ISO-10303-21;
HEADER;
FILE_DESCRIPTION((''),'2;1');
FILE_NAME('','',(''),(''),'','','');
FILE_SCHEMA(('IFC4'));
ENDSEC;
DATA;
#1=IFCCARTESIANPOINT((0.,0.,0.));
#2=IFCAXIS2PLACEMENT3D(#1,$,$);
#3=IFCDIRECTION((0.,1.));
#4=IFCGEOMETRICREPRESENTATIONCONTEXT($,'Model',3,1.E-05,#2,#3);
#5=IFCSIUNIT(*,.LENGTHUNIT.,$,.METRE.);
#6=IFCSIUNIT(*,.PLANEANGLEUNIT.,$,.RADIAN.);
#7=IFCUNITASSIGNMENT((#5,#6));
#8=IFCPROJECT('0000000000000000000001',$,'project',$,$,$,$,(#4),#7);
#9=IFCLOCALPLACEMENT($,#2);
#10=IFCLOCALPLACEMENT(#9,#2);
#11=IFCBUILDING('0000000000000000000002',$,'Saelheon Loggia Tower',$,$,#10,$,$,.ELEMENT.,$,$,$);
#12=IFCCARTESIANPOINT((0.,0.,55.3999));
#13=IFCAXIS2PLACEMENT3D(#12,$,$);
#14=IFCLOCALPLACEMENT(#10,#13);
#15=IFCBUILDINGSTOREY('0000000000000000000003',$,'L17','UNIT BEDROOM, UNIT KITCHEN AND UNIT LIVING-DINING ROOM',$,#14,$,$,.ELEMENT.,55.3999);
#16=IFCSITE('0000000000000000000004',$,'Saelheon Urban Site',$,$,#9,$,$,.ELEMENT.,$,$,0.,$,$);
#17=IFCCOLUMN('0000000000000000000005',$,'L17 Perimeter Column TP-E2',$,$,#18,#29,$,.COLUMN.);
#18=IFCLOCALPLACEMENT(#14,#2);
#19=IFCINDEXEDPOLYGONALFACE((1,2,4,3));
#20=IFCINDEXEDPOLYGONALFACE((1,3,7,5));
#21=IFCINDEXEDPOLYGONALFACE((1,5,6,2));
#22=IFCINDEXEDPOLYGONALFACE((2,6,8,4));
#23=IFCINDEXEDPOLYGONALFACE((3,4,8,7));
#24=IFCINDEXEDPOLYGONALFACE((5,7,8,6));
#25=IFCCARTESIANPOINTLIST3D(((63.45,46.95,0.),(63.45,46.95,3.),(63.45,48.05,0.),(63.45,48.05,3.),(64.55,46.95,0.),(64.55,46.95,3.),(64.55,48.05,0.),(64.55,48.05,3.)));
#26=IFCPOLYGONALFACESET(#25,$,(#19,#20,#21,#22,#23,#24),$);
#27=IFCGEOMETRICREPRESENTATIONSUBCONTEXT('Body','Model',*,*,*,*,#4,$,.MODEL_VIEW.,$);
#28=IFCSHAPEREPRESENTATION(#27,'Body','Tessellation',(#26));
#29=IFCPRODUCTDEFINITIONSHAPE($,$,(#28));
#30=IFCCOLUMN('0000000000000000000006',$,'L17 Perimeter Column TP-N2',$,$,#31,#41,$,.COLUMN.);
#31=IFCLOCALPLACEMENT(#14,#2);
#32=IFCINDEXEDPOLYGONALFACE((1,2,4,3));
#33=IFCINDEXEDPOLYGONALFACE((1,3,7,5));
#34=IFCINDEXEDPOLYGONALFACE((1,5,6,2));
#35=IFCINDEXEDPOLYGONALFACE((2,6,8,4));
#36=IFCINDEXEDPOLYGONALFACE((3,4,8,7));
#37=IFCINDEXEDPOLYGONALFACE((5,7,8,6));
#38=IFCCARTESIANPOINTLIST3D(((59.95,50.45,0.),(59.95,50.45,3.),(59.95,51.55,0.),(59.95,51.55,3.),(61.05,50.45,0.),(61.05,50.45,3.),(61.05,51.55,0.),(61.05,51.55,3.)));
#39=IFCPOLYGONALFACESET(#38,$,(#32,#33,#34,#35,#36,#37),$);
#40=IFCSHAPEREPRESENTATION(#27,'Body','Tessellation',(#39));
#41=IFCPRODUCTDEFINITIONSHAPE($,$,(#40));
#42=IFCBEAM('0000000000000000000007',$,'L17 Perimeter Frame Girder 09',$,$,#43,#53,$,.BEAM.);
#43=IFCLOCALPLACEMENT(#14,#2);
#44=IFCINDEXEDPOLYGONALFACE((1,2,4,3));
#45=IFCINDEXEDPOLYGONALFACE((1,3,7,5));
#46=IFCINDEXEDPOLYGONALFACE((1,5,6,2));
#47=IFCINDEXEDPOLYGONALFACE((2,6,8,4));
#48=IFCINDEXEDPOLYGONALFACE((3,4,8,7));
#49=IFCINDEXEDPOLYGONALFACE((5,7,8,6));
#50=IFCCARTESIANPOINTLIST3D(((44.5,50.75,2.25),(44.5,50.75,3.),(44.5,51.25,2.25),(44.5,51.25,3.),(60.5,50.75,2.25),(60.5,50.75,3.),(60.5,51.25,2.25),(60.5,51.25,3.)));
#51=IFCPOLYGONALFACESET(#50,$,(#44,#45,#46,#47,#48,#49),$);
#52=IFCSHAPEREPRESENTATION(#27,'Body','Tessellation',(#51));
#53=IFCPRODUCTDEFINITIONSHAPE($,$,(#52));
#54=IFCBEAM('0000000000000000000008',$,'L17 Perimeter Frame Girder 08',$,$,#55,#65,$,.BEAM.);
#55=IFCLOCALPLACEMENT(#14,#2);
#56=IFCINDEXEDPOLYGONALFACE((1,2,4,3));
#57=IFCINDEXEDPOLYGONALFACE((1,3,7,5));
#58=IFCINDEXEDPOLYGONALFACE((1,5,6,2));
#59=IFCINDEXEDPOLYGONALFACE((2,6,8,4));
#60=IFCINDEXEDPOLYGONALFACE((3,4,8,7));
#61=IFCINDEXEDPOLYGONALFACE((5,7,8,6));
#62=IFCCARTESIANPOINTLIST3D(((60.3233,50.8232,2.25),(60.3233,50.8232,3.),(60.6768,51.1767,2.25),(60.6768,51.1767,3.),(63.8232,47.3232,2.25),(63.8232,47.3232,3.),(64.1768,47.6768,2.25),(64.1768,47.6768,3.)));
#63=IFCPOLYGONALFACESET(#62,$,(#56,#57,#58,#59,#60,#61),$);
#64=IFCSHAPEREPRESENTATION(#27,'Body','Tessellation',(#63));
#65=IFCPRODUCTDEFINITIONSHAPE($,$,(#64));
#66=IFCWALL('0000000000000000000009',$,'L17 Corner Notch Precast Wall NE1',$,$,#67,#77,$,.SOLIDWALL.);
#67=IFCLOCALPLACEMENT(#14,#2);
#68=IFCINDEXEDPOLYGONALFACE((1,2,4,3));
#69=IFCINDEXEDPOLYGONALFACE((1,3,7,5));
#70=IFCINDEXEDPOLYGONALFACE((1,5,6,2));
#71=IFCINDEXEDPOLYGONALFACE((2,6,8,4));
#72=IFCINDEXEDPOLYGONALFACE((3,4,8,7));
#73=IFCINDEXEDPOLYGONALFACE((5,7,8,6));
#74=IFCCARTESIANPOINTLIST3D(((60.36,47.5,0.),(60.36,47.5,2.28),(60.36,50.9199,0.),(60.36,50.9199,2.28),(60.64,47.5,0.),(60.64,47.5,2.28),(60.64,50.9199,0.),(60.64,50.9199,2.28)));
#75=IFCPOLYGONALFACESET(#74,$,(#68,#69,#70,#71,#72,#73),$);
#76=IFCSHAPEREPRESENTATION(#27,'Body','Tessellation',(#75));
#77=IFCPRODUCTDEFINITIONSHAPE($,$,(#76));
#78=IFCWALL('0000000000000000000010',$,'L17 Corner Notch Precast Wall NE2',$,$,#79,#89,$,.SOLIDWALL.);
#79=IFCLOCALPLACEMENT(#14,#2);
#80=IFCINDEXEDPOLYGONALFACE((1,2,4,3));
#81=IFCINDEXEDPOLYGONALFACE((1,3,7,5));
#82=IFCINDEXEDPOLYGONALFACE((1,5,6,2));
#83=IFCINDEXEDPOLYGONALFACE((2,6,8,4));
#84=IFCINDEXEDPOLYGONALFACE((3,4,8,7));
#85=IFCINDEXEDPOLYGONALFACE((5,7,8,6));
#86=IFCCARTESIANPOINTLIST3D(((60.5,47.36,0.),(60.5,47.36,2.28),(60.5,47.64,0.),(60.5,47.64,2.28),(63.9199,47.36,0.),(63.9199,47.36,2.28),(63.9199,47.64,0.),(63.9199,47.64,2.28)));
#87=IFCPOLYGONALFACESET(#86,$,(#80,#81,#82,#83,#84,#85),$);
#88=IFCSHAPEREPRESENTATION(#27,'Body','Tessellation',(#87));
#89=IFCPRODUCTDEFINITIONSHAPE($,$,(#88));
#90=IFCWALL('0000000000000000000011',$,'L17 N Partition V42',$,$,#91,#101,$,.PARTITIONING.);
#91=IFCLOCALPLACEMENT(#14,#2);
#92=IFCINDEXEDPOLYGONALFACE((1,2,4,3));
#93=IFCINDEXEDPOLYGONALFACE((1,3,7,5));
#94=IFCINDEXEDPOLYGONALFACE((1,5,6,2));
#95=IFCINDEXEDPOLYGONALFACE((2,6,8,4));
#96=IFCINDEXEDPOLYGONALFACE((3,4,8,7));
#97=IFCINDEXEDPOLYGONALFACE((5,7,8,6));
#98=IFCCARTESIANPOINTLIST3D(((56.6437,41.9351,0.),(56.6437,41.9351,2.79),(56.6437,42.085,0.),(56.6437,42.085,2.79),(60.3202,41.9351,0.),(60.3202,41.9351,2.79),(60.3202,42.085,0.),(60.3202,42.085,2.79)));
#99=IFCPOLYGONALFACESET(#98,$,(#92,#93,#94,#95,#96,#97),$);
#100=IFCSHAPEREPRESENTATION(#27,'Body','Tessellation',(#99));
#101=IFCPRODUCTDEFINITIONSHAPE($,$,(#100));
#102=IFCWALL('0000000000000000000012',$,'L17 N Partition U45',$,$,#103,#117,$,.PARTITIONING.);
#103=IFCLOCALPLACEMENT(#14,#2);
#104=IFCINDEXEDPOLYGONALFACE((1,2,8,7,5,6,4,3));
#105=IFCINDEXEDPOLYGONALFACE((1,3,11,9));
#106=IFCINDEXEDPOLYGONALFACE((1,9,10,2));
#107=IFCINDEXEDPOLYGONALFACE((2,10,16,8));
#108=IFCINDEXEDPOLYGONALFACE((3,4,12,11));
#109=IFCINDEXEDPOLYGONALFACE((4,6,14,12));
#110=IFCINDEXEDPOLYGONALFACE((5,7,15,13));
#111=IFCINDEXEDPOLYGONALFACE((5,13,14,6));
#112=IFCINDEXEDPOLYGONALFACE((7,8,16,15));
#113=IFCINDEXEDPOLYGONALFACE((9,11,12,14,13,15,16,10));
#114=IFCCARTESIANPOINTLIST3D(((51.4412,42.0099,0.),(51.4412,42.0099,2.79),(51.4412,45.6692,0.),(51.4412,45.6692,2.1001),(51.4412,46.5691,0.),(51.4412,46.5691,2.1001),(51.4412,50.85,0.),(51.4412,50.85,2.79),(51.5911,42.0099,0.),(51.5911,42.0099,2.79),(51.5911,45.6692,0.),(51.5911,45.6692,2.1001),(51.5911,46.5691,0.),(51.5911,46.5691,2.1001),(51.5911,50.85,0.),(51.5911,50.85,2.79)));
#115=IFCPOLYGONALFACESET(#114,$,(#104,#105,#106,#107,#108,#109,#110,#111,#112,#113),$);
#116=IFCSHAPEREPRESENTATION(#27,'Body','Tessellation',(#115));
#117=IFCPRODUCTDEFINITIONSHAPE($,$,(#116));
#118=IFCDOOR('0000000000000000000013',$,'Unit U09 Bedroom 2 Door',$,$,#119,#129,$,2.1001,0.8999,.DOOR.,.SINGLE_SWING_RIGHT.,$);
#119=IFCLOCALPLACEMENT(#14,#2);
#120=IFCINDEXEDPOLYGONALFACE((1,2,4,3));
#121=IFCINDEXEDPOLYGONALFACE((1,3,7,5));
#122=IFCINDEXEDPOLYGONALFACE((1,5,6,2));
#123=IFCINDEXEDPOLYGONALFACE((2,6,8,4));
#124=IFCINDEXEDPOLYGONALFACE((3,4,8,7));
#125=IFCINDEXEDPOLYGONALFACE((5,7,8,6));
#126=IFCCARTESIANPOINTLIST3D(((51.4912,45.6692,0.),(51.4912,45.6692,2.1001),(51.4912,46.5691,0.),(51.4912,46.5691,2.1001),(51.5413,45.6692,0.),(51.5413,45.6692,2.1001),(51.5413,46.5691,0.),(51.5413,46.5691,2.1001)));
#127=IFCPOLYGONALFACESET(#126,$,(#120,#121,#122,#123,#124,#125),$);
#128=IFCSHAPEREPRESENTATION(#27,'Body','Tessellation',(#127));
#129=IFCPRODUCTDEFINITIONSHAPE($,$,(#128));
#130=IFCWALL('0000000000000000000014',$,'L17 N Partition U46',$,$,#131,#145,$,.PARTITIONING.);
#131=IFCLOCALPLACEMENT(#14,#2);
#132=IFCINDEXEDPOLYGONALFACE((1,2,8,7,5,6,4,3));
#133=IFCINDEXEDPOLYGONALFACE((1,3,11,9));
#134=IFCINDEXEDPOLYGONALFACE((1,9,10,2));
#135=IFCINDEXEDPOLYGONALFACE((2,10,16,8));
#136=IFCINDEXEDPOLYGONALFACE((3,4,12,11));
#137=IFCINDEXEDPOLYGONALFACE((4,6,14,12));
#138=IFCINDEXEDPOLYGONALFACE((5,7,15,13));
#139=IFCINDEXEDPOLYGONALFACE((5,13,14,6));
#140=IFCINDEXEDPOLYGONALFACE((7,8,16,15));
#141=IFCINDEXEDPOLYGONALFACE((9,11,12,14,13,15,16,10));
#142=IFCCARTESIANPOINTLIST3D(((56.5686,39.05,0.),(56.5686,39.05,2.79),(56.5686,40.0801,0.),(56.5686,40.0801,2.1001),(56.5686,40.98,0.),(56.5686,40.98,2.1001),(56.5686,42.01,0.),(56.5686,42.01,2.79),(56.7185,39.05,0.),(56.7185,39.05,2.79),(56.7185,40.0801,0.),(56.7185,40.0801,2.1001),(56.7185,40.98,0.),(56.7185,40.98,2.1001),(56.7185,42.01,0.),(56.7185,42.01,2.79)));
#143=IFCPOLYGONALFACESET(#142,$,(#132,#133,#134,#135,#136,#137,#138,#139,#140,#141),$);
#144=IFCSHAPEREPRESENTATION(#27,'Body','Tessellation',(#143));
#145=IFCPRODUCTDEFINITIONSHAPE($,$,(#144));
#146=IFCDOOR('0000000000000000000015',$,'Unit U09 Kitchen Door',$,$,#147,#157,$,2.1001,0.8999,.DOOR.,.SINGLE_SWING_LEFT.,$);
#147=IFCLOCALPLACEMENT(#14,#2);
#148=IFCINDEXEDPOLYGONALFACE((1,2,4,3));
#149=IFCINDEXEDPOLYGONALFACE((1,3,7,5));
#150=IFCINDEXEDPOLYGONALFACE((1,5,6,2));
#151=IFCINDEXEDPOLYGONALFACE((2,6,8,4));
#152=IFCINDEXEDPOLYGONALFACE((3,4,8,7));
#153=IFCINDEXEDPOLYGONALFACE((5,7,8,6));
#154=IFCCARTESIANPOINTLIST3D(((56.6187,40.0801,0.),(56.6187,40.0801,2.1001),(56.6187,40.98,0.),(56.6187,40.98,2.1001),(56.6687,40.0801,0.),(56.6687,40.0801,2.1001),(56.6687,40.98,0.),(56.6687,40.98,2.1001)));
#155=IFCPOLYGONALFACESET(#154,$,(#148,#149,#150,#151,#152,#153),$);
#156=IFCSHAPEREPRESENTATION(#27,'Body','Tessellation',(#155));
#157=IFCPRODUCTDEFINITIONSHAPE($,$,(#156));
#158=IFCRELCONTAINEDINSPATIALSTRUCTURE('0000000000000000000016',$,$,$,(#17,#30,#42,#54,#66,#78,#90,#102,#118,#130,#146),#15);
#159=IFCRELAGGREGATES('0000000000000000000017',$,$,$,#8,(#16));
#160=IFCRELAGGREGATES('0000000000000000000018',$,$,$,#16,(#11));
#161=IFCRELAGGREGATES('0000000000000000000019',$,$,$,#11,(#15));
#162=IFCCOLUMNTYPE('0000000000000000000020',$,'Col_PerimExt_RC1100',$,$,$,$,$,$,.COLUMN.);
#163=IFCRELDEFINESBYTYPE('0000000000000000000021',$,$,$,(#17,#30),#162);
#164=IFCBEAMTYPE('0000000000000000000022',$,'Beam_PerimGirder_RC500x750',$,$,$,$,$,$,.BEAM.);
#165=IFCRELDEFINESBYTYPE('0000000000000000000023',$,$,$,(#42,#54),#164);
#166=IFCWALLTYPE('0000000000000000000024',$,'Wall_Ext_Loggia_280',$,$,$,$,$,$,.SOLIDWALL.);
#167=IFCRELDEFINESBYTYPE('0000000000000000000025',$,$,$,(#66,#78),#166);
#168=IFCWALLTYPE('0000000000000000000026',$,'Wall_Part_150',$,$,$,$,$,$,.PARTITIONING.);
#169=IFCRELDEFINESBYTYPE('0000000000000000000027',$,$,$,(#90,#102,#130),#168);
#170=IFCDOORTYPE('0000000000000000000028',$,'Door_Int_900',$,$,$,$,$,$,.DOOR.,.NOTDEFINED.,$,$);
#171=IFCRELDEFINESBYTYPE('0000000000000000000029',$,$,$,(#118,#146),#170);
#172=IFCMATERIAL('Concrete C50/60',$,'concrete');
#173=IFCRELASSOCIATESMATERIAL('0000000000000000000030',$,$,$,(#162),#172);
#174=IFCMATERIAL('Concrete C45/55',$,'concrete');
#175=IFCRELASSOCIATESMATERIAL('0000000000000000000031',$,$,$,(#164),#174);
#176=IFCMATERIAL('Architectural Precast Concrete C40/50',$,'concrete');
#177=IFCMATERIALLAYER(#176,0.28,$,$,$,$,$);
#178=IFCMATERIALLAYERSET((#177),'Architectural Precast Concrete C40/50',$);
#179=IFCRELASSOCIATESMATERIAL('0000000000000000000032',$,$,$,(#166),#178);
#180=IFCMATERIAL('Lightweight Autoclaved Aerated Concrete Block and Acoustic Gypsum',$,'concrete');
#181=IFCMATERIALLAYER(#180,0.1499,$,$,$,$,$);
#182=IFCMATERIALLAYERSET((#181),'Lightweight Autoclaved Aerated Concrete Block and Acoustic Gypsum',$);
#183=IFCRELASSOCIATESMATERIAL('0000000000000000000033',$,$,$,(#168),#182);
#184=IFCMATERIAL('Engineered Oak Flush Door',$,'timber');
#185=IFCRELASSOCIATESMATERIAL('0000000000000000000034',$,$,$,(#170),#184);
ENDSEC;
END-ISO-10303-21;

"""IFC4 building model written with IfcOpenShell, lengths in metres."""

from ifc_helpers import new_model, si_unit, direction, frame, frame_2d, origin, origin_2d, place, context, subcontext, project, spatial, rectangle, extrude, source, transform, mapped, material, layer, layer_set, material_profile, profile_set, type_object, element, fill, save


model = new_model("IFC4")

# Units and contexts
model_context = context("Model", 3, precision=1e-05, world=origin(), true_north=direction((0.0, 1.0)))
body_context = subcontext(model_context, "Body", "Model", "MODEL_VIEW")
ifc_project = project(units=[si_unit("LENGTHUNIT", "METRE"), si_unit("PLANEANGLEUNIT", "RADIAN")], contexts=[model_context])

# Site, building, storey
site_placement = place(None, origin())
site = spatial("IfcSite", under=ifc_project, at=site_placement, Name="Saelheon Urban Site", CompositionType="ELEMENT", RefElevation=0.0)
building_placement = place(site_placement, origin())
building = spatial("IfcBuilding", under=site, at=building_placement, Name="Saelheon Loggia Tower", CompositionType="ELEMENT")
storey_placement = place(building_placement, frame((0.0, 0.0, 55.3999)))
storey = spatial("IfcBuildingStorey", under=building, at=storey_placement, Name="L17", Description="UNIT BEDROOM, UNIT KITCHEN AND UNIT LIVING-DINING ROOM", CompositionType="ELEMENT", Elevation=55.3999)

# Columns
ifc_material_1 = material(Name="Concrete C50/60", Category="concrete")
ifc_material_profile_1 = material_profile(ifc_material_1, rectangle(XDim=1.1001, YDim=1.1001, at=origin_2d()), Name="RC-1100x1100")
ifc_profile_set_1 = profile_set([ifc_material_profile_1], Name="Concrete C50/60")
column_type = type_object("IfcColumnType", Name="Col_PerimExt_RC1100", PredefinedType="COLUMN", material=ifc_profile_set_1)
shared_shape_1 = source(origin(), body_context, "Body", "SweptSolid", [
    extrude(rectangle(XDim=1.1001, YDim=1.1001, at=origin_2d()), origin(), (0.0, 0.0, 1.0), 3.0),
])
for number, where, z_axis, x_axis, name in (
    (1, (64.0, 47.5, 0.0), (0.0, 0.0, 1.0), (1.0, 0.0, 0.0), "L17 Perimeter Column TP-E2"),
    (2, (60.5, 51.0, 0.0), (0.0, 0.0, 1.0), (1.0, 0.0, 0.0), "L17 Perimeter Column TP-N2"),
):
    element("IfcColumn", number, at=place(storey_placement, frame(where, z_axis=z_axis, x_axis=x_axis)), inside=storey, type_object=column_type, Name=name, PredefinedType="COLUMN", context=body_context, shape_type="MappedRepresentation", body=[
        mapped(shared_shape_1, transform((0.0, 0.0, 0.0), scale=1.0)),
    ])

# Beams
ifc_material_2 = material(Name="Concrete C45/55", Category="concrete")
ifc_material_profile_2 = material_profile(ifc_material_2, rectangle(XDim=0.5, YDim=0.75, at=origin_2d()), Name="RC-500x750")
ifc_profile_set_2 = profile_set([ifc_material_profile_2], Name="Concrete C45/55")
beam_type = type_object("IfcBeamType", Name="Beam_PerimGirder_RC500x750", PredefinedType="BEAM", material=ifc_profile_set_2)
shared_shape_2 = source(origin(), body_context, "Body", "SweptSolid", [
    extrude(rectangle(XDim=0.5, YDim=0.75, at=origin_2d()), origin(), (0.0, 0.0, 1.0), 16.0),
])
beam_1_placement = place(storey_placement, frame((60.5, 51.0, 2.625), z_axis=(-1.0, 0.0, 0.0), x_axis=(0.0, -1.0, 0.0)))
element("IfcBeam", 3, at=beam_1_placement, inside=storey, type_object=beam_type, Name="L17 Perimeter Frame Girder 09", PredefinedType="BEAM", context=body_context, shape_type="MappedRepresentation", body=[
    mapped(shared_shape_2, transform((0.0, 0.0, 0.0), scale=1.0)),
])
shared_shape_3 = source(origin(), body_context, "Body", "SweptSolid", [
    extrude(rectangle(XDim=0.5, YDim=0.75, at=origin_2d()), origin(), (0.0, 0.0, 1.0), 4.9497),
])
beam_2_placement = place(storey_placement, frame((64.0, 47.5, 2.625), z_axis=(-0.707107, 0.707107, 0.0), x_axis=(-0.707107, -0.707107, 0.0)))
element("IfcBeam", 4, at=beam_2_placement, inside=storey, type_object=beam_type, Name="L17 Perimeter Frame Girder 08", PredefinedType="BEAM", context=body_context, shape_type="MappedRepresentation", body=[
    mapped(shared_shape_3, transform((0.0, 0.0, 0.0), scale=1.0)),
])

# Walls
ifc_material_3 = material(Name="Architectural Precast Concrete C40/50", Category="concrete")
ifc_layer_1 = layer(ifc_material_3, 0.28)
ifc_layer_set_1 = layer_set([ifc_layer_1], Name="Architectural Precast Concrete C40/50")
wall_type_1 = type_object("IfcWallType", Name="Wall_Ext_Loggia_280", PredefinedType="SOLIDWALL", material=ifc_layer_set_1)
for number, where, z_axis, x_axis, name in (
    (5, (60.5, 47.5, 0.0), (0.0, 0.0, 1.0), (0.0, 1.0, 0.0), "L17 Corner Notch Precast Wall NE1"),
    (6, (60.5, 47.5, 0.0), (0.0, 0.0, 1.0), (1.0, 0.0, 0.0), "L17 Corner Notch Precast Wall NE2"),
):
    element("IfcWall", number, at=place(storey_placement, frame(where, z_axis=z_axis, x_axis=x_axis)), inside=storey, type_object=wall_type_1, Name=name, PredefinedType="SOLIDWALL", context=body_context, shape_type="SweptSolid", body=[
        extrude(rectangle(XDim=3.4199, YDim=0.28, at=frame_2d((1.71, 0.0))), origin(), (0.0, 0.0, 1.0), 2.28),
    ])
ifc_material_4 = material(Name="Lightweight Autoclaved Aerated Concrete Block and Acoustic Gypsum", Category="concrete")
ifc_layer_2 = layer(ifc_material_4, 0.1499)
ifc_layer_set_2 = layer_set([ifc_layer_2], Name="Lightweight Autoclaved Aerated Concrete Block and Acoustic Gypsum")
wall_type_2 = type_object("IfcWallType", Name="Wall_Part_150", PredefinedType="PARTITIONING", material=ifc_layer_set_2)
wall_1_placement = place(storey_placement, frame((56.6436, 42.01, 0.0), z_axis=(0.0, 0.0, 1.0), x_axis=(1.0, 0.0, 0.0)))
element("IfcWall", 7, at=wall_1_placement, inside=storey, type_object=wall_type_2, Name="L17 N Partition V42", PredefinedType="PARTITIONING", context=body_context, shape_type="SweptSolid", body=[
    extrude(rectangle(XDim=3.6765, YDim=0.1499, at=frame_2d((1.8384, 0.0))), origin(), (0.0, 0.0, 1.0), 2.79),
])

# Walls, openings, doors
wall_2_placement = place(storey_placement, frame((51.5161, 42.01, 0.0), z_axis=(0.0, 0.0, 1.0), x_axis=(0.0, 1.0, 0.0)))
wall_2 = element("IfcWall", 8, at=wall_2_placement, inside=storey, type_object=wall_type_2, Name="L17 N Partition U45", PredefinedType="PARTITIONING", context=body_context, shape_type="SweptSolid", body=[
    extrude(rectangle(XDim=8.8401, YDim=0.1499, at=frame_2d((4.4199, 0.0))), origin(), (0.0, 0.0, 1.0), 2.79),
])
opening_1_placement = place(wall_2_placement, frame((3.6592, 0.0, 0.0)))
opening_1 = element("IfcOpeningElement", 9, at=opening_1_placement, cuts=wall_2, PredefinedType="OPENING", context=body_context, shape_type="SweptSolid", body=[
    extrude(rectangle(XDim=0.8999, YDim=2.1001, at=frame_2d((0.45, 1.05))), frame((0.0, 0.0869, 0.0), z_axis=(0.0, -1.0, 0.0), x_axis=(1.0, 0.0, 0.0)), (0.0, 0.0, 1.0), 0.1738),
])
ifc_material_5 = material(Name="Engineered Oak Flush Door", Category="timber")
door_type_1 = type_object("IfcDoorType", Name="Door_Int_900", OperationType="NOTDEFINED", PredefinedType="DOOR", material=ifc_material_5)
shared_shape_4 = source(origin(), body_context, "Body", "SweptSolid", [
    extrude(rectangle(XDim=0.8999, YDim=2.1001, at=frame_2d((0.45, 1.05))), frame((0.0, 0.0249, 0.0), z_axis=(0.0, -1.0, 0.0), x_axis=(1.0, 0.0, 0.0)), (0.0, 0.0, 1.0), 0.05),
])
door_1_placement = place(opening_1_placement, origin())
door_1 = element("IfcDoor", 10, at=door_1_placement, inside=storey, type_object=door_type_1, Name="Unit U09 Bedroom 2 Door", OperationType="SINGLE_SWING_RIGHT", OverallHeight=2.1001, OverallWidth=0.8999, PredefinedType="DOOR", context=body_context, shape_type="MappedRepresentation", body=[
    mapped(shared_shape_4, transform((0.0, 0.0, 0.0), scale=1.0)),
])
fill(opening_1, door_1)
wall_3_placement = place(storey_placement, frame((56.6436, 39.05, 0.0), z_axis=(0.0, 0.0, 1.0), x_axis=(0.0, 1.0, 0.0)))
wall_3 = element("IfcWall", 11, at=wall_3_placement, inside=storey, type_object=wall_type_2, Name="L17 N Partition U46", PredefinedType="PARTITIONING", context=body_context, shape_type="SweptSolid", body=[
    extrude(rectangle(XDim=2.96, YDim=0.1499, at=frame_2d((1.48, 0.0))), origin(), (0.0, 0.0, 1.0), 2.79),
])
opening_2_placement = place(wall_3_placement, frame((1.03, 0.0, 0.0)))
opening_2 = element("IfcOpeningElement", 12, at=opening_2_placement, cuts=wall_3, PredefinedType="OPENING", context=body_context, shape_type="SweptSolid", body=[
    extrude(rectangle(XDim=0.8999, YDim=2.1001, at=frame_2d((0.45, 1.05))), frame((0.0, 0.0869, 0.0), z_axis=(0.0, -1.0, 0.0), x_axis=(1.0, 0.0, 0.0)), (0.0, 0.0, 1.0), 0.1738),
])
door_2_placement = place(opening_2_placement, origin())
door_2 = element("IfcDoor", 13, at=door_2_placement, inside=storey, type_object=door_type_1, Name="Unit U09 Kitchen Door", OperationType="SINGLE_SWING_LEFT", OverallHeight=2.1001, OverallWidth=0.8999, PredefinedType="DOOR", context=body_context, shape_type="MappedRepresentation", body=[
    mapped(shared_shape_4, transform((0.0, 0.0, 0.0), scale=1.0)),
])
fill(opening_2, door_2)

save(model, "model.ifc")
